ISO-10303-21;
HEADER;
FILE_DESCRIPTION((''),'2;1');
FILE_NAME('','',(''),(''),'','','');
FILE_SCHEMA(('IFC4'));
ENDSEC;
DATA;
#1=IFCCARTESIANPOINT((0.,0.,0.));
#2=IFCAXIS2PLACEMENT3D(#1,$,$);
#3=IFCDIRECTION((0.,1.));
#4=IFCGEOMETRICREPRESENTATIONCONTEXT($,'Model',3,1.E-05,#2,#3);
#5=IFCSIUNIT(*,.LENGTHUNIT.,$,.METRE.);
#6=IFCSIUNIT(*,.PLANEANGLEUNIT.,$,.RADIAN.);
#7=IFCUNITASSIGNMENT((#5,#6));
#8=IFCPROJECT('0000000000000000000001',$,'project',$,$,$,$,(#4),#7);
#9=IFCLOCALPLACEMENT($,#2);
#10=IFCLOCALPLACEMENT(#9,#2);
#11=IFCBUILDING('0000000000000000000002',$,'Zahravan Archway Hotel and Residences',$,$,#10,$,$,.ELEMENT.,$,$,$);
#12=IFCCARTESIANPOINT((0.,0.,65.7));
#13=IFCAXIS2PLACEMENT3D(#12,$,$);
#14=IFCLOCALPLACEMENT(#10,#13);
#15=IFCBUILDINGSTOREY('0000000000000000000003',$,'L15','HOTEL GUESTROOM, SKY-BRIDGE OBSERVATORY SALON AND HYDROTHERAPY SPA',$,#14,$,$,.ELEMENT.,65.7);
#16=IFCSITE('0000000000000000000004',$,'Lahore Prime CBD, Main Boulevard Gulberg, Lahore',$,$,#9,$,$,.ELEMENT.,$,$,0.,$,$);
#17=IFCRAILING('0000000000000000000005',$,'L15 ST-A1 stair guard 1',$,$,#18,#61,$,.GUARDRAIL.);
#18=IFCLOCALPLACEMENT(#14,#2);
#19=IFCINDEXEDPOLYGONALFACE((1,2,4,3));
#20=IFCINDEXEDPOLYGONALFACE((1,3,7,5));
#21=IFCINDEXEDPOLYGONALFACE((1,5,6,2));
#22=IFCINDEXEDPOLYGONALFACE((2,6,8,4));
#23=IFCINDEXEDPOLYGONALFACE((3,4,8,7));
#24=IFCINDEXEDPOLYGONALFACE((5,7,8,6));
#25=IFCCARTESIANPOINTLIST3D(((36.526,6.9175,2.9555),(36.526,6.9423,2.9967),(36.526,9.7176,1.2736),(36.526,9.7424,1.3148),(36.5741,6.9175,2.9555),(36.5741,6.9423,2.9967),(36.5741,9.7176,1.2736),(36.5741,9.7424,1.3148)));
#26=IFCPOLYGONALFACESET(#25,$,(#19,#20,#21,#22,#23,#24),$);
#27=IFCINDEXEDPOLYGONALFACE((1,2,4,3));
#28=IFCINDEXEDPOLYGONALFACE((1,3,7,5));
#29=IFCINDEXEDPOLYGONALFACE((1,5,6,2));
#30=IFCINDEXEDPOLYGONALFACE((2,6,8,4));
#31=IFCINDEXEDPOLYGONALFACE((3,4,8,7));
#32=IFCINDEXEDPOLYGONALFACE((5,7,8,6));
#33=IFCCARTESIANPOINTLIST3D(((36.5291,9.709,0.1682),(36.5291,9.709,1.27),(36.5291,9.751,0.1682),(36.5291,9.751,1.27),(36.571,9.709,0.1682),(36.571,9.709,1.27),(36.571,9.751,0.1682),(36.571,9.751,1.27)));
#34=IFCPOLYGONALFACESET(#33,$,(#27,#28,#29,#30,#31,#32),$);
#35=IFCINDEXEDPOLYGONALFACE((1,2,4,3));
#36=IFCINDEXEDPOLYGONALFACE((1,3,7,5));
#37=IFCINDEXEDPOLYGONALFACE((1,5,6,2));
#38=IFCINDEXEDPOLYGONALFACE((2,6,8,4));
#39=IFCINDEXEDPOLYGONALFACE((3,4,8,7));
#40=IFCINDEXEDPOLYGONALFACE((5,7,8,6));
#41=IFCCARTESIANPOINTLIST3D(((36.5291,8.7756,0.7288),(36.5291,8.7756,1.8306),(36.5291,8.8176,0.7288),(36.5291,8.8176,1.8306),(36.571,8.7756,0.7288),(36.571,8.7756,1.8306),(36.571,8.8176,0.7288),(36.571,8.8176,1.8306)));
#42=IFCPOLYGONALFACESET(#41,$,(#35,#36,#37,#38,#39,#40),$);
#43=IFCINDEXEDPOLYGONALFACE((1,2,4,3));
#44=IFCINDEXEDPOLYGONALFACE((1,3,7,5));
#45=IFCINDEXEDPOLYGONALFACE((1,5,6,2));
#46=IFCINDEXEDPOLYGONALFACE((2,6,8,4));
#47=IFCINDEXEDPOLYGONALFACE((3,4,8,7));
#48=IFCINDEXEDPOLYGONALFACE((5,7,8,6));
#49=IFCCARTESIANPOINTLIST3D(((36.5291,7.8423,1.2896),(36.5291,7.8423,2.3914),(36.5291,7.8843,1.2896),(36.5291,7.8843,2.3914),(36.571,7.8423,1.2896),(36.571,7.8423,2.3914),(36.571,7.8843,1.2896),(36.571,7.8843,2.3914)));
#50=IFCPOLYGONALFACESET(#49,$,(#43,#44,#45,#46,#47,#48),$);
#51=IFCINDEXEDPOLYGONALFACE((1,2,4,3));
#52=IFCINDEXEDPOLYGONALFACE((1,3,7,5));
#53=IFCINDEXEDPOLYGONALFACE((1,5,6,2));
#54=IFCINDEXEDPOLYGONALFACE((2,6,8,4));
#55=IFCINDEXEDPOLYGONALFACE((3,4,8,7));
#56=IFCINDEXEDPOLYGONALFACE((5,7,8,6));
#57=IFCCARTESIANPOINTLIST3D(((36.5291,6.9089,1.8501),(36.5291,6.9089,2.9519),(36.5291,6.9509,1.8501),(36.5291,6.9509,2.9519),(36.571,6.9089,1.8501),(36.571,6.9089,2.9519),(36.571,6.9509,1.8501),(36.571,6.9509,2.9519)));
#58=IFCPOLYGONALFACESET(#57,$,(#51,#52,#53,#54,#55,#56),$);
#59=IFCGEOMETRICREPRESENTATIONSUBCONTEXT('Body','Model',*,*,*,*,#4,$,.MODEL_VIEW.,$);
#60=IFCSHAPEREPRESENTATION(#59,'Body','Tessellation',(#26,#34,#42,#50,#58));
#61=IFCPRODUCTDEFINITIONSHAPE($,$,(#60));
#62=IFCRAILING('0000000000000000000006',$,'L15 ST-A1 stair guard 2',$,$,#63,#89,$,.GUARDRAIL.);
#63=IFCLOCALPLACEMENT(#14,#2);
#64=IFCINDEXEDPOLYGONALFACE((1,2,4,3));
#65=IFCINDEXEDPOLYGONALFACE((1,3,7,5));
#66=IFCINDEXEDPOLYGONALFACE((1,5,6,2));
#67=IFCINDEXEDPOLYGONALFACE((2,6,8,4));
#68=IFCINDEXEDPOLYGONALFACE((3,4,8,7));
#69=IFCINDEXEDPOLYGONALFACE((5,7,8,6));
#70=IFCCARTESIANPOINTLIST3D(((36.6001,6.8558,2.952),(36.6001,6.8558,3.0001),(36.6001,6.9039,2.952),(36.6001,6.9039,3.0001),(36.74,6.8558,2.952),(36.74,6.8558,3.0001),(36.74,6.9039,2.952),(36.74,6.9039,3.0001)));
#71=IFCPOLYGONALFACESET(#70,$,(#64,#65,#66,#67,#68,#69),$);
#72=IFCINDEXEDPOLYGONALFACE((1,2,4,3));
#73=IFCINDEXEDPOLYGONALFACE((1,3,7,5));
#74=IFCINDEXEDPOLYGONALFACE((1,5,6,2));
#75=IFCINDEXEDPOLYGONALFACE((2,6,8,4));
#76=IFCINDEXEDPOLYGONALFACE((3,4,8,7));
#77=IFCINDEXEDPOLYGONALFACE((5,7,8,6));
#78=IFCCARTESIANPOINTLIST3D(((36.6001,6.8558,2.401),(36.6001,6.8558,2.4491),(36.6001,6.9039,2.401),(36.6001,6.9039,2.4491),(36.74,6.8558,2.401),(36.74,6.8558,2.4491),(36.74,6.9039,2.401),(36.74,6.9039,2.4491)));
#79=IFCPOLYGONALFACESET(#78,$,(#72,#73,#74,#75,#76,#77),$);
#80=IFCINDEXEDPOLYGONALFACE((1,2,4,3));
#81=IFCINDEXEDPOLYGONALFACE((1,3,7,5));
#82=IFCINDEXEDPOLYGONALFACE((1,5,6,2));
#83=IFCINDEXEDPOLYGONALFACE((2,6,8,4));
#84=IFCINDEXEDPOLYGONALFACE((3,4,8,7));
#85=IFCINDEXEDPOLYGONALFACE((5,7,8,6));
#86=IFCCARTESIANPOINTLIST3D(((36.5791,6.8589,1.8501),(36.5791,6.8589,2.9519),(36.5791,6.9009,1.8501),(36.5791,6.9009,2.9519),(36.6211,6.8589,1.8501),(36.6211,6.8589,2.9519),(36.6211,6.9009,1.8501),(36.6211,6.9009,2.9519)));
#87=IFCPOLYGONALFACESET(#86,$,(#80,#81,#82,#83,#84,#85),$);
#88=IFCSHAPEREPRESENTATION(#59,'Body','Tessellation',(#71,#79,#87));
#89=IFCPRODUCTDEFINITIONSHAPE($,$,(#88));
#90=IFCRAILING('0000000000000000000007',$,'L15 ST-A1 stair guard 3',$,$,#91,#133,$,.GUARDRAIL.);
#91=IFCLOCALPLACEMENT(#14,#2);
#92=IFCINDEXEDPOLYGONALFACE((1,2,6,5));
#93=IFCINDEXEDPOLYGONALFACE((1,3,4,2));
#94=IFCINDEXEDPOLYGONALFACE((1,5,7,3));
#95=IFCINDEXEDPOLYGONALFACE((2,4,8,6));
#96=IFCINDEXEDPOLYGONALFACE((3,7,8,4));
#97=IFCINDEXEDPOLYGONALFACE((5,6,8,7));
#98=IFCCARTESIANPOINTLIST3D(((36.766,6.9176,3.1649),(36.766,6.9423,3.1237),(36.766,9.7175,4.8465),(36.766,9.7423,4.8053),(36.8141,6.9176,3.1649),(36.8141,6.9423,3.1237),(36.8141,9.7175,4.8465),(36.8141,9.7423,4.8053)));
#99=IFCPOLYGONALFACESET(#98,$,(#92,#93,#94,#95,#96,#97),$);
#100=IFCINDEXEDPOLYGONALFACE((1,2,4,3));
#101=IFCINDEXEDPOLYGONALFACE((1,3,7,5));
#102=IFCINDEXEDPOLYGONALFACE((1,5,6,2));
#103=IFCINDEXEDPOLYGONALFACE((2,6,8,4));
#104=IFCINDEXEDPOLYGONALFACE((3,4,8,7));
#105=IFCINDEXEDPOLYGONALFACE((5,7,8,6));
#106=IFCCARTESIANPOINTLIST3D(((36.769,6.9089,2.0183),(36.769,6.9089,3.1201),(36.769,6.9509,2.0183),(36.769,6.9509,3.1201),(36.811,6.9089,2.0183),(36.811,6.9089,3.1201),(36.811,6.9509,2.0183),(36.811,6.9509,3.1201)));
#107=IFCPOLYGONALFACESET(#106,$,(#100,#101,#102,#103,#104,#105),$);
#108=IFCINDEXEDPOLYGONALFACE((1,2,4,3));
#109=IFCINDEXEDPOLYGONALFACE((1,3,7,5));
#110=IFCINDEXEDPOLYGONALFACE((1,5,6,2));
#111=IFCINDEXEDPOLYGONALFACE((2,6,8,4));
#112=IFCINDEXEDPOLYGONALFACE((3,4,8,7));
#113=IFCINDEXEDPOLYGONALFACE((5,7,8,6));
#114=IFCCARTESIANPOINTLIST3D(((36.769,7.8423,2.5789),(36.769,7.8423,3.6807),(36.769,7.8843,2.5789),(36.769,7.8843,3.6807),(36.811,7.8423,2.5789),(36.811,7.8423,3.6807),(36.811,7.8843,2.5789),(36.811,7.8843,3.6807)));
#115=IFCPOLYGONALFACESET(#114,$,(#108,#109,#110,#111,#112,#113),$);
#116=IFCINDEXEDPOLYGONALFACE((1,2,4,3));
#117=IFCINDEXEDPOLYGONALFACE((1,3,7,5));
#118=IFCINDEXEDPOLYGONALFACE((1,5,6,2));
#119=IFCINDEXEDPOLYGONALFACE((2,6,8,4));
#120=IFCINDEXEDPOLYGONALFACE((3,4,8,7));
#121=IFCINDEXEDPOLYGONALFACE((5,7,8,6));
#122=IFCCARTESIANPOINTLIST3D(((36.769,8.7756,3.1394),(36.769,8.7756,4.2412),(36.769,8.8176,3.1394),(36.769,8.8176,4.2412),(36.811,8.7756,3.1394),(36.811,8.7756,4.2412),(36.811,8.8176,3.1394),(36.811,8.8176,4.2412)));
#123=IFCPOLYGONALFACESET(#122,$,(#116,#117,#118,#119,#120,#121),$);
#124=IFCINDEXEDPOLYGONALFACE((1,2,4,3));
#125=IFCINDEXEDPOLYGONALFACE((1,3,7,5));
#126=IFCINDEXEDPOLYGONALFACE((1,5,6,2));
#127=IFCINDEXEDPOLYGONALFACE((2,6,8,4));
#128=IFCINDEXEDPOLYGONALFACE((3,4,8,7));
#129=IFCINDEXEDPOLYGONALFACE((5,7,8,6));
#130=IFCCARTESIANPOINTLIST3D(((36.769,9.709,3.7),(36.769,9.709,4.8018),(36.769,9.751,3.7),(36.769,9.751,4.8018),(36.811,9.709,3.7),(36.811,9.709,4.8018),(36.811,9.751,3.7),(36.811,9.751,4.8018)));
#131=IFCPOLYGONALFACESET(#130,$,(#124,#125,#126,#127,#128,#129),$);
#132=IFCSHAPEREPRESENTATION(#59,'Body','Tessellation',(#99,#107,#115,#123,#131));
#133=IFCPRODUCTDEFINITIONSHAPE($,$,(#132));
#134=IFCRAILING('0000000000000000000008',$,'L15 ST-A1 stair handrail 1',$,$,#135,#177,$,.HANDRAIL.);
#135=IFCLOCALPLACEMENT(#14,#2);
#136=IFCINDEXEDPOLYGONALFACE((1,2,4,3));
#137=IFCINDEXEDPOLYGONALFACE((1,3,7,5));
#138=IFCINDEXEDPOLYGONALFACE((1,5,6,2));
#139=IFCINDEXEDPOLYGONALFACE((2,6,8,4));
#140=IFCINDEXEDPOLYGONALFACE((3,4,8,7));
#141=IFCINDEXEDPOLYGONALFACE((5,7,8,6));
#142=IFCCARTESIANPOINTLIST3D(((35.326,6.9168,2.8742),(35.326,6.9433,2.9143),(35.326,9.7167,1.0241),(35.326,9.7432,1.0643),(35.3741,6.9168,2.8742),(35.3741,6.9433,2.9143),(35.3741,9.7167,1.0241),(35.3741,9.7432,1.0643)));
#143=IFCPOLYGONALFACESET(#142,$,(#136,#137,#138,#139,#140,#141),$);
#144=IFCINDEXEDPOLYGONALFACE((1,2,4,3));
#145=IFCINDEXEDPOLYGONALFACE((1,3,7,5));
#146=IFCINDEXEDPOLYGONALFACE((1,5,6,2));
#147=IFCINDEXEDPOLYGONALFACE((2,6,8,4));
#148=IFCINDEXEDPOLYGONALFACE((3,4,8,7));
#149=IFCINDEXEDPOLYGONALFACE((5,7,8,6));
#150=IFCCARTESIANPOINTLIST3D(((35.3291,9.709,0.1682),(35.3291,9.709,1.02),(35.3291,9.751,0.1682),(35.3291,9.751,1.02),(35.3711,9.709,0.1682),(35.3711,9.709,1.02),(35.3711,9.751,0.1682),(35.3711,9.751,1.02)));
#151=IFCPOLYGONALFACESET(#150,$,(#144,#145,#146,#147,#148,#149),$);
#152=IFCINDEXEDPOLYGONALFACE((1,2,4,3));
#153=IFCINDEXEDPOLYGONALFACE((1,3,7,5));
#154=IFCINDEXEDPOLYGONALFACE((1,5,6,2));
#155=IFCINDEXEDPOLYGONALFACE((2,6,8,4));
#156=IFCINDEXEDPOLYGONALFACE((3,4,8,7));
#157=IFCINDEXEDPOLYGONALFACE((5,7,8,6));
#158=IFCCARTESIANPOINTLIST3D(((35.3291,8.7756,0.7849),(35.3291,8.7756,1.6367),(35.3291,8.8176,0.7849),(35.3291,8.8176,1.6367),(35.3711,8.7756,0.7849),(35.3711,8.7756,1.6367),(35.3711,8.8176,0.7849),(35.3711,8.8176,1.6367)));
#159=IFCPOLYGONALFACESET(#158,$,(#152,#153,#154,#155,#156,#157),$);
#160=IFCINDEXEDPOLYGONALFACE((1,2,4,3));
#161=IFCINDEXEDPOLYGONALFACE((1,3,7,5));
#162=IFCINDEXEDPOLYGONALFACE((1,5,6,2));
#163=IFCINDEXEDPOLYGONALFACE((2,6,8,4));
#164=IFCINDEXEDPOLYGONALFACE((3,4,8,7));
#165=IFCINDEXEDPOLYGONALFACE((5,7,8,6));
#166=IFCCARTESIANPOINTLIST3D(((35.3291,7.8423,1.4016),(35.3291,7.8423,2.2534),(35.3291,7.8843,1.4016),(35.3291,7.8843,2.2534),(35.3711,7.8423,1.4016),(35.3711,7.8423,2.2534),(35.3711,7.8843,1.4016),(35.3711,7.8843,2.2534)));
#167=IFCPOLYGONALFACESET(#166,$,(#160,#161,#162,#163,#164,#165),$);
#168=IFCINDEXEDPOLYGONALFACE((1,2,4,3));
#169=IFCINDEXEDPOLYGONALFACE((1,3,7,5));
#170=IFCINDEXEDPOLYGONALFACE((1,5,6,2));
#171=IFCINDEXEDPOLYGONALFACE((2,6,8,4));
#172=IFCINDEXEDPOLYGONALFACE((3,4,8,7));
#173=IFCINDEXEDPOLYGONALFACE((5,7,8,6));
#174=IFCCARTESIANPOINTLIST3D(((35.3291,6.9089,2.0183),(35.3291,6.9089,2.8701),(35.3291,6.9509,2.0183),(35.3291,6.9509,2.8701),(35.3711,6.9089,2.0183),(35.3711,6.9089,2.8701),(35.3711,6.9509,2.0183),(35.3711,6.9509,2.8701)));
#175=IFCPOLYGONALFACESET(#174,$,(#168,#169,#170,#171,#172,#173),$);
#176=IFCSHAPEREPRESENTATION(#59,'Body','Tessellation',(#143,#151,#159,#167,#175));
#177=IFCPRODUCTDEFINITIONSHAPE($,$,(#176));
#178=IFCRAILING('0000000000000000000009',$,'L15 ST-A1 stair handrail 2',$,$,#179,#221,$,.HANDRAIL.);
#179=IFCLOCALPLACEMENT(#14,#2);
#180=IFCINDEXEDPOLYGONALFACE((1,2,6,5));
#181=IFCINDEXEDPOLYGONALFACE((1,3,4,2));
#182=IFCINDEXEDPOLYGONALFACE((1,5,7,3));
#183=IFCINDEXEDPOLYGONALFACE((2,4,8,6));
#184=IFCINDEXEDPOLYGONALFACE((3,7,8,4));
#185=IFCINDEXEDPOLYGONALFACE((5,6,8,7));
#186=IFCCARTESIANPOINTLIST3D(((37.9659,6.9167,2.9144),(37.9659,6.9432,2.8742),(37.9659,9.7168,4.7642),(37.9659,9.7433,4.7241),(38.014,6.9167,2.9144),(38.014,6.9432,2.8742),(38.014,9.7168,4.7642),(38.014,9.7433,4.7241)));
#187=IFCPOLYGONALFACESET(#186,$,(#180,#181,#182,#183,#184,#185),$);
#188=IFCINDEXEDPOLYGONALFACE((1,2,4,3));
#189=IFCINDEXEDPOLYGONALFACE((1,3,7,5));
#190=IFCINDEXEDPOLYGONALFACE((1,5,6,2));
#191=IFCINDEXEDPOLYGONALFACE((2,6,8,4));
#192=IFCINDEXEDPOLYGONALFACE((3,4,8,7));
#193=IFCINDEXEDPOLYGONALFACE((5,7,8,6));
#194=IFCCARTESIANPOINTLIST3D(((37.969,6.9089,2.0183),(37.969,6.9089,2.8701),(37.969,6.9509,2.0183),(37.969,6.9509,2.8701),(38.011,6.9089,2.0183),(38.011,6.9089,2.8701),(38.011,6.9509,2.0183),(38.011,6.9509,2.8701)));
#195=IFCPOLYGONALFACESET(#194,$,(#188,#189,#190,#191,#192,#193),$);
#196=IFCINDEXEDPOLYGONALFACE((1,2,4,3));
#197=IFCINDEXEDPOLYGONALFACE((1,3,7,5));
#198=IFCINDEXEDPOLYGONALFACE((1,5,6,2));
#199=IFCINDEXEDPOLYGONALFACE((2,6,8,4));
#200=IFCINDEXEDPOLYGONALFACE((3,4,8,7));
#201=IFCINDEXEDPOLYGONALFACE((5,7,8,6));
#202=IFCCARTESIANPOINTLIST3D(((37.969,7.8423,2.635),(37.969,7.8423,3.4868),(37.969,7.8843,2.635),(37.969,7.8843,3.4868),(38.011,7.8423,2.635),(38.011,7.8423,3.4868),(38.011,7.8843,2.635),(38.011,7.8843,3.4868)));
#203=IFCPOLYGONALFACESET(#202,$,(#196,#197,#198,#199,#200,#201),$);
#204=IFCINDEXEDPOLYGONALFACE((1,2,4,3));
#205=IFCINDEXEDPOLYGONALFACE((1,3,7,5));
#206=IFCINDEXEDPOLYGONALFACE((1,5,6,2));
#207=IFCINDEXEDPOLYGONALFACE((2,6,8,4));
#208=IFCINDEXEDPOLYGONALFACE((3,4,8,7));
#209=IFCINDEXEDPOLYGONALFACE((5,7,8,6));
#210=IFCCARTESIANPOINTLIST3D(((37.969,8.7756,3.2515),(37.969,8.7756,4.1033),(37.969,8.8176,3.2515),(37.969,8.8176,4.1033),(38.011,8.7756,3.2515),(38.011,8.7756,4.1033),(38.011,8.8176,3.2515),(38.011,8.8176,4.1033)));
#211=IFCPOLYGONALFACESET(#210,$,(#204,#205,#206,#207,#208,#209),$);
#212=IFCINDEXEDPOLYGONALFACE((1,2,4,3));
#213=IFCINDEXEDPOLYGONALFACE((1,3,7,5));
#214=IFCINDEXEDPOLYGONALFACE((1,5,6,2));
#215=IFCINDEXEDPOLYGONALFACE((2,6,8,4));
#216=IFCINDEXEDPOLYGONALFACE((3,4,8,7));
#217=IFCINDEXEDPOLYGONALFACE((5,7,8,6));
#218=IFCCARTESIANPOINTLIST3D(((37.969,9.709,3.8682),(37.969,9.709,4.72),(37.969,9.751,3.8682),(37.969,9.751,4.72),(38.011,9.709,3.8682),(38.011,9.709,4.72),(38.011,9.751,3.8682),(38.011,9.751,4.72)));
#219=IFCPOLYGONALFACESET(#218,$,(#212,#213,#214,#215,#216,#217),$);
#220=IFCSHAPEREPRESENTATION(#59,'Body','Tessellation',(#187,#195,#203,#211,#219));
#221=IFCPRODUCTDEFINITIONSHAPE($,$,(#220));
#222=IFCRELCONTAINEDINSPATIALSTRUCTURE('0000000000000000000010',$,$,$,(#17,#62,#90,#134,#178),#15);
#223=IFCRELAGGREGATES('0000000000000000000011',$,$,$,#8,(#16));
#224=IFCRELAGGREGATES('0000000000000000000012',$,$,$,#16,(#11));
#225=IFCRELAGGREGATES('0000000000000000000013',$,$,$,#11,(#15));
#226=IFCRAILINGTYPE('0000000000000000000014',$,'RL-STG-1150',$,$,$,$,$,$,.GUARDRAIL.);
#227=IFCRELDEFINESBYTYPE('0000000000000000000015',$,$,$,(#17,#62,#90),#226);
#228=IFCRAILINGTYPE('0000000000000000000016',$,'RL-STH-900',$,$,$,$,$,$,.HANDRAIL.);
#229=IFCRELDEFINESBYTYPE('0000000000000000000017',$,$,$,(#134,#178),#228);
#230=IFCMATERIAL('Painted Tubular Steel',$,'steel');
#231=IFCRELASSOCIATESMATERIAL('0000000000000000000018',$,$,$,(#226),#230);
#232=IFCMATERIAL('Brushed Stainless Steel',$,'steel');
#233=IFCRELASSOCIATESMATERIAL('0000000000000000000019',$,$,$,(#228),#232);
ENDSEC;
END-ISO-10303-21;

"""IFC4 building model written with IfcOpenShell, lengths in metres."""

from ifc_helpers import new_model, si_unit, direction, frame, origin, origin_2d, place, context, subcontext, project, spatial, rectangle, extrude, material, type_object, element, save


model = new_model("IFC4")

# Units and contexts
model_context = context("Model", 3, precision=1e-05, world=origin(), true_north=direction((0.0, 1.0)))
body_context = subcontext(model_context, "Body", "Model", "MODEL_VIEW")
ifc_project = project(units=[si_unit("LENGTHUNIT", "METRE"), si_unit("PLANEANGLEUNIT", "RADIAN")], contexts=[model_context])

# Site, building, storey
site_placement = place(None, origin())
site = spatial("IfcSite", under=ifc_project, at=site_placement, Name="Lahore Prime CBD, Main Boulevard Gulberg, Lahore", CompositionType="ELEMENT", RefElevation=0.0)
building_placement = place(site_placement, origin())
building = spatial("IfcBuilding", under=site, at=building_placement, Name="Zahravan Archway Hotel and Residences", CompositionType="ELEMENT")
storey_placement = place(building_placement, frame((0.0, 0.0, 65.7)))
storey = spatial("IfcBuildingStorey", under=building, at=storey_placement, Name="L15", Description="HOTEL GUESTROOM, SKY-BRIDGE OBSERVATORY SALON AND HYDROTHERAPY SPA", CompositionType="ELEMENT", Elevation=65.7)

# Railings
ifc_material_1 = material(Name="Painted Tubular Steel", Category="steel")
railing_type_1 = type_object("IfcRailingType", Name="RL-STG-1150", PredefinedType="GUARDRAIL", material=ifc_material_1)
railing_1_placement = place(storey_placement, frame((36.55, 9.73, 0.1682)))
element("IfcRailing", 1, at=railing_1_placement, inside=storey, type_object=railing_type_1, Name="L15 ST-A1 stair guard 1", PredefinedType="GUARDRAIL", context=body_context, shape_type="SweptSolid", body=[
    extrude(rectangle(XDim=0.0481, YDim=0.0481, at=origin_2d()), frame((0.0, 0.0, 1.126), z_axis=(0.0, -0.857242, 0.514913), x_axis=(1.0, 0.0, 0.0)), (0.0, 0.0, 1.0), 3.2664),
    extrude(rectangle(XDim=0.042, YDim=0.042, at=origin_2d()), origin(), (0.0, 0.0, 1.0), 1.1018),
    extrude(rectangle(XDim=0.042, YDim=0.042, at=origin_2d()), frame((0.0, -0.9333, 0.5605)), (0.0, 0.0, 1.0), 1.1018),
    extrude(rectangle(XDim=0.042, YDim=0.042, at=origin_2d()), frame((0.0, -1.8667, 1.1213)), (0.0, 0.0, 1.0), 1.1018),
    extrude(rectangle(XDim=0.042, YDim=0.042, at=origin_2d()), frame((0.0, -2.8, 1.6819)), (0.0, 0.0, 1.0), 1.1018),
])
railing_2_placement = place(storey_placement, frame((36.6001, 6.8799, 1.8501)))
element("IfcRailing", 2, at=railing_2_placement, inside=storey, type_object=railing_type_1, Name="L15 ST-A1 stair guard 2", PredefinedType="GUARDRAIL", context=body_context, shape_type="SweptSolid", body=[
    extrude(rectangle(XDim=0.0481, YDim=0.0481, at=origin_2d()), frame((0.0, 0.0, 1.126), z_axis=(1.0, 0.0, 0.0), x_axis=(0.0, 1.0, 0.0)), (0.0, 0.0, 1.0), 0.1399),
    extrude(rectangle(XDim=0.0481, YDim=0.0481, at=origin_2d()), frame((0.0, 0.0, 0.575), z_axis=(1.0, 0.0, 0.0), x_axis=(0.0, 1.0, 0.0)), (0.0, 0.0, 1.0), 0.1399),
    extrude(rectangle(XDim=0.042, YDim=0.042, at=origin_2d()), origin(), (0.0, 0.0, 1.0), 1.1018),
])
railing_3_placement = place(storey_placement, frame((36.79, 6.9299, 2.0183)))
element("IfcRailing", 3, at=railing_3_placement, inside=storey, type_object=railing_type_1, Name="L15 ST-A1 stair guard 3", PredefinedType="GUARDRAIL", context=body_context, shape_type="SweptSolid", body=[
    extrude(rectangle(XDim=0.0481, YDim=0.0481, at=origin_2d()), frame((0.0, 0.0, 1.126), z_axis=(0.0, 0.857275, 0.514858), x_axis=(-1.0, 0.0, 0.0)), (0.0, 0.0, 1.0), 3.2661),
    extrude(rectangle(XDim=0.042, YDim=0.042, at=origin_2d()), origin(), (0.0, 0.0, 1.0), 1.1018),
    extrude(rectangle(XDim=0.042, YDim=0.042, at=origin_2d()), frame((0.0, 0.9333, 0.5605)), (0.0, 0.0, 1.0), 1.1018),
    extrude(rectangle(XDim=0.042, YDim=0.042, at=origin_2d()), frame((0.0, 1.8667, 1.1211)), (0.0, 0.0, 1.0), 1.1018),
    extrude(rectangle(XDim=0.042, YDim=0.042, at=origin_2d()), frame((0.0, 2.8, 1.6816)), (0.0, 0.0, 1.0), 1.1018),
])
ifc_material_2 = material(Name="Brushed Stainless Steel", Category="steel")
railing_type_2 = type_object("IfcRailingType", Name="RL-STH-900", PredefinedType="HANDRAIL", material=ifc_material_2)
railing_4_placement = place(storey_placement, frame((35.3501, 9.73, 0.1682)))
element("IfcRailing", 4, at=railing_4_placement, inside=storey, type_object=railing_type_2, Name="L15 ST-A1 stair handrail 1", PredefinedType="HANDRAIL", context=body_context, shape_type="SweptSolid", body=[
    extrude(rectangle(XDim=0.0481, YDim=0.0481, at=origin_2d()), frame((0.0, 0.0, 0.876), z_axis=(0.0, -0.834326, 0.551271), x_axis=(1.0, 0.0, 0.0)), (0.0, 0.0, 1.0), 3.356),
    extrude(rectangle(XDim=0.042, YDim=0.042, at=origin_2d()), origin(), (0.0, 0.0, 1.0), 0.8518),
    extrude(rectangle(XDim=0.042, YDim=0.042, at=origin_2d()), frame((0.0, -0.9333, 0.6167)), (0.0, 0.0, 1.0), 0.8518),
    extrude(rectangle(XDim=0.042, YDim=0.042, at=origin_2d()), frame((0.0, -1.8667, 1.2334)), (0.0, 0.0, 1.0), 0.8518),
    extrude(rectangle(XDim=0.042, YDim=0.042, at=origin_2d()), frame((0.0, -2.8, 1.8501)), (0.0, 0.0, 1.0), 0.8518),
])
railing_5_placement = place(storey_placement, frame((37.99, 6.9299, 2.0183)))
element("IfcRailing", 5, at=railing_5_placement, inside=storey, type_object=railing_type_2, Name="L15 ST-A1 stair handrail 2", PredefinedType="HANDRAIL", context=body_context, shape_type="SweptSolid", body=[
    extrude(rectangle(XDim=0.0481, YDim=0.0481, at=origin_2d()), frame((0.0, 0.0, 0.876), z_axis=(0.0, 0.83436, 0.55122), x_axis=(-1.0, 0.0, 0.0)), (0.0, 0.0, 1.0), 3.356),
    extrude(rectangle(XDim=0.042, YDim=0.042, at=origin_2d()), origin(), (0.0, 0.0, 1.0), 0.8518),
    extrude(rectangle(XDim=0.042, YDim=0.042, at=origin_2d()), frame((0.0, 0.9333, 0.6167)), (0.0, 0.0, 1.0), 0.8518),
    extrude(rectangle(XDim=0.042, YDim=0.042, at=origin_2d()), frame((0.0, 1.8667, 1.2332)), (0.0, 0.0, 1.0), 0.8518),
    extrude(rectangle(XDim=0.042, YDim=0.042, at=origin_2d()), frame((0.0, 2.8, 1.8499)), (0.0, 0.0, 1.0), 0.8518),
])

save(model, "model.ifc")
